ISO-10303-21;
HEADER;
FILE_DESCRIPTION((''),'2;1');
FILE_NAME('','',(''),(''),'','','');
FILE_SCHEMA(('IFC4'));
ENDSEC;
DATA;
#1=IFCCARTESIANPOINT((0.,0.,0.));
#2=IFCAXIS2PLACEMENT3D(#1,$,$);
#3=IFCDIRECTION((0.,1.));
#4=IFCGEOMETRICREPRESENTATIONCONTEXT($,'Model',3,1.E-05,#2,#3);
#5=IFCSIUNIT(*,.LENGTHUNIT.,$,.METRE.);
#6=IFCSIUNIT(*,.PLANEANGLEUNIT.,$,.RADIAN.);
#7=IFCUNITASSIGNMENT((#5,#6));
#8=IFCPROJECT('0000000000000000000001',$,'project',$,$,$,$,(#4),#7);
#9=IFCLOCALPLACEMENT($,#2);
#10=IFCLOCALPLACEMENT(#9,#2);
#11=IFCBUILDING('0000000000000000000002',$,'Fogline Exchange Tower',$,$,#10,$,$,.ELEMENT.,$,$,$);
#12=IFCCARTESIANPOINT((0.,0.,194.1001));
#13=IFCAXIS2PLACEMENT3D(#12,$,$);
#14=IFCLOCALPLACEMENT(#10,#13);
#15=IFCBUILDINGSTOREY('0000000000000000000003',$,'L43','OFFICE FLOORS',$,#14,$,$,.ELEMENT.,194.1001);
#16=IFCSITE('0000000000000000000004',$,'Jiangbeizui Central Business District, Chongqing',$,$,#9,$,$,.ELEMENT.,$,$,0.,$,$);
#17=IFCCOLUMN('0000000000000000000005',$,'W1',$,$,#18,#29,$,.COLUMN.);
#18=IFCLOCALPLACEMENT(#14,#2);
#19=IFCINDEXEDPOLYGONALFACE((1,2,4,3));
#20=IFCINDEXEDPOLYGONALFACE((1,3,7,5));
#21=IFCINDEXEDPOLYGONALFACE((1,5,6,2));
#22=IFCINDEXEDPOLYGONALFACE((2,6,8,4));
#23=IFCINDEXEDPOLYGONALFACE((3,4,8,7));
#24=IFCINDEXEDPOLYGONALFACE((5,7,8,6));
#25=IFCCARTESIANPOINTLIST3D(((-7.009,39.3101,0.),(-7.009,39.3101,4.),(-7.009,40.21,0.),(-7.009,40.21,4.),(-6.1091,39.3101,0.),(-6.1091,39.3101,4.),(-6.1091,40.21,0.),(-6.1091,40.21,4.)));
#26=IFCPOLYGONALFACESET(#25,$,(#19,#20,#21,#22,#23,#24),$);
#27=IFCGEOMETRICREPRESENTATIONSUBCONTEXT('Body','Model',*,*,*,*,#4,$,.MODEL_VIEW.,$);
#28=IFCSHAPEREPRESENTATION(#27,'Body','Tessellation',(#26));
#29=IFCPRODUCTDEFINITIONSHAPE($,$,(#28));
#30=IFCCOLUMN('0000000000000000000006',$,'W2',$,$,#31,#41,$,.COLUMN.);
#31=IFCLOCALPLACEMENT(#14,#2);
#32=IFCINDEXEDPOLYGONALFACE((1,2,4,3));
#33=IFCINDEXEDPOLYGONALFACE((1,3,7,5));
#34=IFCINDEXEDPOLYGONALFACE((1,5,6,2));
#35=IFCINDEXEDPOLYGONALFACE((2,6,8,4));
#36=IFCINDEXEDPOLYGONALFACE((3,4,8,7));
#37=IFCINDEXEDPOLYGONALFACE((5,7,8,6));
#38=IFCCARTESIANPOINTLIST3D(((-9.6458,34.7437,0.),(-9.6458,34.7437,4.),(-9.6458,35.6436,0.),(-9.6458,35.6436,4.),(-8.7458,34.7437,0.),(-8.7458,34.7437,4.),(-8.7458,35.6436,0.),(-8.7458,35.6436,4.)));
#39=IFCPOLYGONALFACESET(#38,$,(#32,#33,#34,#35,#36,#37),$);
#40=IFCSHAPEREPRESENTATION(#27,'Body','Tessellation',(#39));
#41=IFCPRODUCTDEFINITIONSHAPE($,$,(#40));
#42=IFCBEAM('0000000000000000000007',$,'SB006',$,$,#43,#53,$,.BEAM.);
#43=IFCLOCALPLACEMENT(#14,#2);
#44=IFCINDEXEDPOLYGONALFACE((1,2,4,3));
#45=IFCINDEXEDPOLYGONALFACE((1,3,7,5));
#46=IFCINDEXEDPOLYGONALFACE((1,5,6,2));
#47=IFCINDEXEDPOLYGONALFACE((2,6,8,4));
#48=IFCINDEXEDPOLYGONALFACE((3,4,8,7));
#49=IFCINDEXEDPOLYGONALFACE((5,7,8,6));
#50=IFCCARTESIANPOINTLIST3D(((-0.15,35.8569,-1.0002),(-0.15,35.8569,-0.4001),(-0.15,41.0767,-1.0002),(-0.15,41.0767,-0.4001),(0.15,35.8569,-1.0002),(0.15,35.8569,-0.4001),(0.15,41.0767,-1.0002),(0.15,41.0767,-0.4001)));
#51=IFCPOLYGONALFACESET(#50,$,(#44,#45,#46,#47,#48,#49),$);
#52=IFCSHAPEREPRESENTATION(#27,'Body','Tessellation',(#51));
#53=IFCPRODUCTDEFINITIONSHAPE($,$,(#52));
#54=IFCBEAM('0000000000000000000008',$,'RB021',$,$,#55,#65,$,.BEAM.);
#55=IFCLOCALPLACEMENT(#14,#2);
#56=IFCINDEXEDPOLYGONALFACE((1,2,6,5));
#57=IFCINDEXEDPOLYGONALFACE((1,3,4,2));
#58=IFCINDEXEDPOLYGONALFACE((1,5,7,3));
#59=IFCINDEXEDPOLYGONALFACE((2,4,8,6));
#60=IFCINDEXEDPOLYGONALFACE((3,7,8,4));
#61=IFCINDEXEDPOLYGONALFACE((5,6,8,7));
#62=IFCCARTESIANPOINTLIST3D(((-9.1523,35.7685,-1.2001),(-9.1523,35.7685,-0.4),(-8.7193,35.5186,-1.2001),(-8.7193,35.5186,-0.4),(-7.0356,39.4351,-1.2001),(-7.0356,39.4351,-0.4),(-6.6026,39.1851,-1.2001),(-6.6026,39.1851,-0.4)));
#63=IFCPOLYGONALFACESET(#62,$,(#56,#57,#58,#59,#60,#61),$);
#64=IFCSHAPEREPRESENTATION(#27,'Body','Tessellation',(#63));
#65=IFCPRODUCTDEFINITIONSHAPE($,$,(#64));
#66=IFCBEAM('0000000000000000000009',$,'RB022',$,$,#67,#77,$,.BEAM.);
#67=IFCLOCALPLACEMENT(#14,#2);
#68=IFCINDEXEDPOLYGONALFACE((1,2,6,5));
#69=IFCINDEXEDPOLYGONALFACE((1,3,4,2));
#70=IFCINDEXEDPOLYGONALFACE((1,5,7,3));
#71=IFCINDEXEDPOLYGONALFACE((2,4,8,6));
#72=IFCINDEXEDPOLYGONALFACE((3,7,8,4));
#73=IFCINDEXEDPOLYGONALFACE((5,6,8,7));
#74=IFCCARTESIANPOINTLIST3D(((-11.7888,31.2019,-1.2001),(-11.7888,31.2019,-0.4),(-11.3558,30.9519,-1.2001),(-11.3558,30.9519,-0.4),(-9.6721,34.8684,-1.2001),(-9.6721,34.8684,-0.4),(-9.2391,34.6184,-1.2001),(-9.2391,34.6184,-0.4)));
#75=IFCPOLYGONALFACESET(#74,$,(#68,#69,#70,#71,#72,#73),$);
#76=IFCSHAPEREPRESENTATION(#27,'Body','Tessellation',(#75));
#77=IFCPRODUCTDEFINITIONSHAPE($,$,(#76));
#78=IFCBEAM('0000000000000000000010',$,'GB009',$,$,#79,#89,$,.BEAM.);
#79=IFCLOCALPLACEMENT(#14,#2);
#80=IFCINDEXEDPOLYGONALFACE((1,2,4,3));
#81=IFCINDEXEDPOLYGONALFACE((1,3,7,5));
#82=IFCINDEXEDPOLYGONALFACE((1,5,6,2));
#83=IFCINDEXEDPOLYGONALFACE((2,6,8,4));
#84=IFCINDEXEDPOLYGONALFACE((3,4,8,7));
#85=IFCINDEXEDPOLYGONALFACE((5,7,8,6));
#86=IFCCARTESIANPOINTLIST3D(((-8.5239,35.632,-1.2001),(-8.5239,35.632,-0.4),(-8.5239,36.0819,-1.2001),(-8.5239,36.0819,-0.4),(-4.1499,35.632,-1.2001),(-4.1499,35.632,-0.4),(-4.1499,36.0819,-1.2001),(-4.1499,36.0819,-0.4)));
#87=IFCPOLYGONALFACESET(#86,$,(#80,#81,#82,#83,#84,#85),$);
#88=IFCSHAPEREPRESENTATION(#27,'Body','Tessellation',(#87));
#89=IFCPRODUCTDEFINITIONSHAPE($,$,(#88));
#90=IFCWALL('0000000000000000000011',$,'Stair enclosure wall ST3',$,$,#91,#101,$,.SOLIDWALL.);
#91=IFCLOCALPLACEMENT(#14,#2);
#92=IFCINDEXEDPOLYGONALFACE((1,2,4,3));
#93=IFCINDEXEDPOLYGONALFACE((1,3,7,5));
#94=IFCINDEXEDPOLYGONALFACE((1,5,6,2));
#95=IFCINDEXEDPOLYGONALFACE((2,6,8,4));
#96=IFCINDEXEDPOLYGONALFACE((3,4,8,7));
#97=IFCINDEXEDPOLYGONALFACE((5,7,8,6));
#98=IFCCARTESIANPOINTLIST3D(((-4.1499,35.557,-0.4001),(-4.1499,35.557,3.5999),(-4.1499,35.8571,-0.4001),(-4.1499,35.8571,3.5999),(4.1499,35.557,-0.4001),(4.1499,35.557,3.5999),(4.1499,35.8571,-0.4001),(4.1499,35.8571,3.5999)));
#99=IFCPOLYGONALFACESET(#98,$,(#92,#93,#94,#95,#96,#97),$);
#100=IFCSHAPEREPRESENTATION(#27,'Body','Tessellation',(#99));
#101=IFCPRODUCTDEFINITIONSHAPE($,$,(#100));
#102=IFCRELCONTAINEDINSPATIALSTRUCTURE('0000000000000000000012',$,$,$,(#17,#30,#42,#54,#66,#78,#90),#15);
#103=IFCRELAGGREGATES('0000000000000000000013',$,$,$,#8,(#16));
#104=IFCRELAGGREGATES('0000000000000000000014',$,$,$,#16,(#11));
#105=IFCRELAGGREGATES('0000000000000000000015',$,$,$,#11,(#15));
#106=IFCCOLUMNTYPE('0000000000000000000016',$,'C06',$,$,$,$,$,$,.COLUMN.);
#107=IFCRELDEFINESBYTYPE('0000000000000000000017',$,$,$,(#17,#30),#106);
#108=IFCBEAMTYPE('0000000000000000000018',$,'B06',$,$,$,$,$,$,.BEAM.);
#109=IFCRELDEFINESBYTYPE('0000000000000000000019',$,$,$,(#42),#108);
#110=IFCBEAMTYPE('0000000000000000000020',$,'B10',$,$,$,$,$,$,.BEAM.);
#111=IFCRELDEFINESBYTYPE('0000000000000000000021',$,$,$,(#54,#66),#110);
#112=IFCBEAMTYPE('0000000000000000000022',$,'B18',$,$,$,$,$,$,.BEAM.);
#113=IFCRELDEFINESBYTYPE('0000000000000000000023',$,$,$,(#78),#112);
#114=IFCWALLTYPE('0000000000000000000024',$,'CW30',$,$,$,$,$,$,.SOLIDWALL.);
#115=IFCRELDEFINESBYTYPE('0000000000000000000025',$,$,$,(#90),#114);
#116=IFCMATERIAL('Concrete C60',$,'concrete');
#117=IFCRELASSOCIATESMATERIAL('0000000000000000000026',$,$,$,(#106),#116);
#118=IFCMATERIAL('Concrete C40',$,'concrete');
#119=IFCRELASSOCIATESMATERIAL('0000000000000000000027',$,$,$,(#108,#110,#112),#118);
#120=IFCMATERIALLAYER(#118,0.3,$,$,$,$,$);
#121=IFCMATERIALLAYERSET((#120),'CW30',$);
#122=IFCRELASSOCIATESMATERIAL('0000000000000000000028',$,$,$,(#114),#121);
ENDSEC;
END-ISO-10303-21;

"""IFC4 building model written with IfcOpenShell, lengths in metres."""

from ifc_helpers import new_model, si_unit, direction, frame, frame_2d, origin, origin_2d, place, context, subcontext, project, spatial, rectangle, extrude, material, layer, layer_set, material_profile, profile_set, type_object, element, save


model = new_model("IFC4")

# Units and contexts
model_context = context("Model", 3, precision=1e-05, world=origin(), true_north=direction((0.0, 1.0)))
body_context = subcontext(model_context, "Body", "Model", "MODEL_VIEW")
ifc_project = project(units=[si_unit("LENGTHUNIT", "METRE"), si_unit("PLANEANGLEUNIT", "RADIAN")], contexts=[model_context])

# Site, building, storey
site_placement = place(None, origin())
site = spatial("IfcSite", under=ifc_project, at=site_placement, Name="Jiangbeizui Central Business District, Chongqing", CompositionType="ELEMENT", RefElevation=0.0)
building_placement = place(site_placement, origin())
building = spatial("IfcBuilding", under=site, at=building_placement, Name="Fogline Exchange Tower", CompositionType="ELEMENT")
storey_placement = place(building_placement, frame((0.0, 0.0, 194.1001)))
storey = spatial("IfcBuildingStorey", under=building, at=storey_placement, Name="L43", Description="OFFICE FLOORS", CompositionType="ELEMENT", Elevation=194.1001)

# Columns
ifc_material_1 = material(Name="Concrete C60", Category="concrete")
ifc_material_profile_1 = material_profile(ifc_material_1, rectangle(XDim=0.8999, YDim=0.8999, at=origin_2d()), Name="RC 900x900")
ifc_profile_set_1 = profile_set([ifc_material_profile_1], Name="Concrete C60")
column_type = type_object("IfcColumnType", Name="C06", PredefinedType="COLUMN", material=ifc_profile_set_1)
for number, where, z_axis, x_axis, name in (
    (1, (-6.5591, 39.76, 0.0), (0.0, 0.0, 1.0), (1.0, 0.0, 0.0), "W1"),
    (2, (-9.1958, 35.1936, 0.0), (0.0, 0.0, 1.0), (1.0, 0.0, 0.0), "W2"),
):
    element("IfcColumn", number, at=place(storey_placement, frame(where, z_axis=z_axis, x_axis=x_axis)), inside=storey, type_object=column_type, Name=name, PredefinedType="COLUMN", context=body_context, shape_type="SweptSolid", body=[
        extrude(rectangle(XDim=0.8999, YDim=0.8999, at=origin_2d()), origin(), (0.0, 0.0, 1.0), 4.0),
    ])

# Beams
ifc_material_2 = material(Name="Concrete C40", Category="concrete")
ifc_material_profile_2 = material_profile(ifc_material_2, rectangle(XDim=0.3, YDim=0.6001, at=origin_2d()), Name="RC 300x600")
ifc_profile_set_2 = profile_set([ifc_material_profile_2], Name="Concrete C40")
beam_type_1 = type_object("IfcBeamType", Name="B06", PredefinedType="BEAM", material=ifc_profile_set_2)
beam_1_placement = place(storey_placement, frame((0.0, 35.8569, -0.7002), z_axis=(0.0, 1.0, 0.0), x_axis=(-1.0, 0.0, 0.0)))
element("IfcBeam", 3, at=beam_1_placement, inside=storey, type_object=beam_type_1, Name="SB006", PredefinedType="BEAM", context=body_context, shape_type="SweptSolid", body=[
    extrude(rectangle(XDim=0.3, YDim=0.6001, at=origin_2d()), origin(), (0.0, 0.0, 1.0), 5.2197),
])
ifc_material_profile_3 = material_profile(ifc_material_2, rectangle(XDim=0.5, YDim=0.8, at=origin_2d()), Name="RC 500x800")
ifc_profile_set_3 = profile_set([ifc_material_profile_3], Name="Concrete C40")
beam_type_2 = type_object("IfcBeamType", Name="B10", PredefinedType="BEAM", material=ifc_profile_set_3)
for number, where, z_axis, x_axis, name in (
    (4, (-6.8191, 39.3101, -0.8), (-0.499972, -0.866042, 0.0), (0.866042, -0.499972, 0.0), "RB021"),
    (5, (-9.4556, 34.7434, -0.8), (-0.499972, -0.866042, 0.0), (0.866042, -0.499972, 0.0), "RB022"),
):
    element("IfcBeam", number, at=place(storey_placement, frame(where, z_axis=z_axis, x_axis=x_axis)), inside=storey, type_object=beam_type_2, Name=name, PredefinedType="BEAM", context=body_context, shape_type="SweptSolid", body=[
        extrude(rectangle(XDim=0.5, YDim=0.8, at=origin_2d()), origin(), (0.0, 0.0, 1.0), 4.2336),
    ])
ifc_material_profile_4 = material_profile(ifc_material_2, rectangle(XDim=0.45, YDim=0.8, at=origin_2d()), Name="RC 450x800")
ifc_profile_set_4 = profile_set([ifc_material_profile_4], Name="Concrete C40")
beam_type_3 = type_object("IfcBeamType", Name="B18", PredefinedType="BEAM", material=ifc_profile_set_4)
beam_2_placement = place(storey_placement, frame((-8.5239, 35.8569, -0.8), z_axis=(1.0, 0.0, 0.0), x_axis=(0.0, 1.0, 0.0)))
element("IfcBeam", 6, at=beam_2_placement, inside=storey, type_object=beam_type_3, Name="GB009", PredefinedType="BEAM", context=body_context, shape_type="SweptSolid", body=[
    extrude(rectangle(XDim=0.45, YDim=0.8, at=origin_2d()), origin(), (0.0, 0.0, 1.0), 4.374),
])

# Wall
ifc_layer = layer(ifc_material_2, 0.3)
ifc_layer_set = layer_set([ifc_layer], Name="CW30")
wall_type = type_object("IfcWallType", Name="CW30", PredefinedType="SOLIDWALL", material=ifc_layer_set)
wall_placement = place(storey_placement, frame((-4.1499, 35.707, -0.4001), z_axis=(0.0, 0.0, 1.0), x_axis=(1.0, 0.0, 0.0)))
element("IfcWall", 7, at=wall_placement, inside=storey, type_object=wall_type, Name="Stair enclosure wall ST3", PredefinedType="SOLIDWALL", context=body_context, shape_type="SweptSolid", body=[
    extrude(rectangle(XDim=8.2998, YDim=0.3, at=frame_2d((4.1499, 0.0))), origin(), (0.0, 0.0, 1.0), 4.0),
])

save(model, "model.ifc")
